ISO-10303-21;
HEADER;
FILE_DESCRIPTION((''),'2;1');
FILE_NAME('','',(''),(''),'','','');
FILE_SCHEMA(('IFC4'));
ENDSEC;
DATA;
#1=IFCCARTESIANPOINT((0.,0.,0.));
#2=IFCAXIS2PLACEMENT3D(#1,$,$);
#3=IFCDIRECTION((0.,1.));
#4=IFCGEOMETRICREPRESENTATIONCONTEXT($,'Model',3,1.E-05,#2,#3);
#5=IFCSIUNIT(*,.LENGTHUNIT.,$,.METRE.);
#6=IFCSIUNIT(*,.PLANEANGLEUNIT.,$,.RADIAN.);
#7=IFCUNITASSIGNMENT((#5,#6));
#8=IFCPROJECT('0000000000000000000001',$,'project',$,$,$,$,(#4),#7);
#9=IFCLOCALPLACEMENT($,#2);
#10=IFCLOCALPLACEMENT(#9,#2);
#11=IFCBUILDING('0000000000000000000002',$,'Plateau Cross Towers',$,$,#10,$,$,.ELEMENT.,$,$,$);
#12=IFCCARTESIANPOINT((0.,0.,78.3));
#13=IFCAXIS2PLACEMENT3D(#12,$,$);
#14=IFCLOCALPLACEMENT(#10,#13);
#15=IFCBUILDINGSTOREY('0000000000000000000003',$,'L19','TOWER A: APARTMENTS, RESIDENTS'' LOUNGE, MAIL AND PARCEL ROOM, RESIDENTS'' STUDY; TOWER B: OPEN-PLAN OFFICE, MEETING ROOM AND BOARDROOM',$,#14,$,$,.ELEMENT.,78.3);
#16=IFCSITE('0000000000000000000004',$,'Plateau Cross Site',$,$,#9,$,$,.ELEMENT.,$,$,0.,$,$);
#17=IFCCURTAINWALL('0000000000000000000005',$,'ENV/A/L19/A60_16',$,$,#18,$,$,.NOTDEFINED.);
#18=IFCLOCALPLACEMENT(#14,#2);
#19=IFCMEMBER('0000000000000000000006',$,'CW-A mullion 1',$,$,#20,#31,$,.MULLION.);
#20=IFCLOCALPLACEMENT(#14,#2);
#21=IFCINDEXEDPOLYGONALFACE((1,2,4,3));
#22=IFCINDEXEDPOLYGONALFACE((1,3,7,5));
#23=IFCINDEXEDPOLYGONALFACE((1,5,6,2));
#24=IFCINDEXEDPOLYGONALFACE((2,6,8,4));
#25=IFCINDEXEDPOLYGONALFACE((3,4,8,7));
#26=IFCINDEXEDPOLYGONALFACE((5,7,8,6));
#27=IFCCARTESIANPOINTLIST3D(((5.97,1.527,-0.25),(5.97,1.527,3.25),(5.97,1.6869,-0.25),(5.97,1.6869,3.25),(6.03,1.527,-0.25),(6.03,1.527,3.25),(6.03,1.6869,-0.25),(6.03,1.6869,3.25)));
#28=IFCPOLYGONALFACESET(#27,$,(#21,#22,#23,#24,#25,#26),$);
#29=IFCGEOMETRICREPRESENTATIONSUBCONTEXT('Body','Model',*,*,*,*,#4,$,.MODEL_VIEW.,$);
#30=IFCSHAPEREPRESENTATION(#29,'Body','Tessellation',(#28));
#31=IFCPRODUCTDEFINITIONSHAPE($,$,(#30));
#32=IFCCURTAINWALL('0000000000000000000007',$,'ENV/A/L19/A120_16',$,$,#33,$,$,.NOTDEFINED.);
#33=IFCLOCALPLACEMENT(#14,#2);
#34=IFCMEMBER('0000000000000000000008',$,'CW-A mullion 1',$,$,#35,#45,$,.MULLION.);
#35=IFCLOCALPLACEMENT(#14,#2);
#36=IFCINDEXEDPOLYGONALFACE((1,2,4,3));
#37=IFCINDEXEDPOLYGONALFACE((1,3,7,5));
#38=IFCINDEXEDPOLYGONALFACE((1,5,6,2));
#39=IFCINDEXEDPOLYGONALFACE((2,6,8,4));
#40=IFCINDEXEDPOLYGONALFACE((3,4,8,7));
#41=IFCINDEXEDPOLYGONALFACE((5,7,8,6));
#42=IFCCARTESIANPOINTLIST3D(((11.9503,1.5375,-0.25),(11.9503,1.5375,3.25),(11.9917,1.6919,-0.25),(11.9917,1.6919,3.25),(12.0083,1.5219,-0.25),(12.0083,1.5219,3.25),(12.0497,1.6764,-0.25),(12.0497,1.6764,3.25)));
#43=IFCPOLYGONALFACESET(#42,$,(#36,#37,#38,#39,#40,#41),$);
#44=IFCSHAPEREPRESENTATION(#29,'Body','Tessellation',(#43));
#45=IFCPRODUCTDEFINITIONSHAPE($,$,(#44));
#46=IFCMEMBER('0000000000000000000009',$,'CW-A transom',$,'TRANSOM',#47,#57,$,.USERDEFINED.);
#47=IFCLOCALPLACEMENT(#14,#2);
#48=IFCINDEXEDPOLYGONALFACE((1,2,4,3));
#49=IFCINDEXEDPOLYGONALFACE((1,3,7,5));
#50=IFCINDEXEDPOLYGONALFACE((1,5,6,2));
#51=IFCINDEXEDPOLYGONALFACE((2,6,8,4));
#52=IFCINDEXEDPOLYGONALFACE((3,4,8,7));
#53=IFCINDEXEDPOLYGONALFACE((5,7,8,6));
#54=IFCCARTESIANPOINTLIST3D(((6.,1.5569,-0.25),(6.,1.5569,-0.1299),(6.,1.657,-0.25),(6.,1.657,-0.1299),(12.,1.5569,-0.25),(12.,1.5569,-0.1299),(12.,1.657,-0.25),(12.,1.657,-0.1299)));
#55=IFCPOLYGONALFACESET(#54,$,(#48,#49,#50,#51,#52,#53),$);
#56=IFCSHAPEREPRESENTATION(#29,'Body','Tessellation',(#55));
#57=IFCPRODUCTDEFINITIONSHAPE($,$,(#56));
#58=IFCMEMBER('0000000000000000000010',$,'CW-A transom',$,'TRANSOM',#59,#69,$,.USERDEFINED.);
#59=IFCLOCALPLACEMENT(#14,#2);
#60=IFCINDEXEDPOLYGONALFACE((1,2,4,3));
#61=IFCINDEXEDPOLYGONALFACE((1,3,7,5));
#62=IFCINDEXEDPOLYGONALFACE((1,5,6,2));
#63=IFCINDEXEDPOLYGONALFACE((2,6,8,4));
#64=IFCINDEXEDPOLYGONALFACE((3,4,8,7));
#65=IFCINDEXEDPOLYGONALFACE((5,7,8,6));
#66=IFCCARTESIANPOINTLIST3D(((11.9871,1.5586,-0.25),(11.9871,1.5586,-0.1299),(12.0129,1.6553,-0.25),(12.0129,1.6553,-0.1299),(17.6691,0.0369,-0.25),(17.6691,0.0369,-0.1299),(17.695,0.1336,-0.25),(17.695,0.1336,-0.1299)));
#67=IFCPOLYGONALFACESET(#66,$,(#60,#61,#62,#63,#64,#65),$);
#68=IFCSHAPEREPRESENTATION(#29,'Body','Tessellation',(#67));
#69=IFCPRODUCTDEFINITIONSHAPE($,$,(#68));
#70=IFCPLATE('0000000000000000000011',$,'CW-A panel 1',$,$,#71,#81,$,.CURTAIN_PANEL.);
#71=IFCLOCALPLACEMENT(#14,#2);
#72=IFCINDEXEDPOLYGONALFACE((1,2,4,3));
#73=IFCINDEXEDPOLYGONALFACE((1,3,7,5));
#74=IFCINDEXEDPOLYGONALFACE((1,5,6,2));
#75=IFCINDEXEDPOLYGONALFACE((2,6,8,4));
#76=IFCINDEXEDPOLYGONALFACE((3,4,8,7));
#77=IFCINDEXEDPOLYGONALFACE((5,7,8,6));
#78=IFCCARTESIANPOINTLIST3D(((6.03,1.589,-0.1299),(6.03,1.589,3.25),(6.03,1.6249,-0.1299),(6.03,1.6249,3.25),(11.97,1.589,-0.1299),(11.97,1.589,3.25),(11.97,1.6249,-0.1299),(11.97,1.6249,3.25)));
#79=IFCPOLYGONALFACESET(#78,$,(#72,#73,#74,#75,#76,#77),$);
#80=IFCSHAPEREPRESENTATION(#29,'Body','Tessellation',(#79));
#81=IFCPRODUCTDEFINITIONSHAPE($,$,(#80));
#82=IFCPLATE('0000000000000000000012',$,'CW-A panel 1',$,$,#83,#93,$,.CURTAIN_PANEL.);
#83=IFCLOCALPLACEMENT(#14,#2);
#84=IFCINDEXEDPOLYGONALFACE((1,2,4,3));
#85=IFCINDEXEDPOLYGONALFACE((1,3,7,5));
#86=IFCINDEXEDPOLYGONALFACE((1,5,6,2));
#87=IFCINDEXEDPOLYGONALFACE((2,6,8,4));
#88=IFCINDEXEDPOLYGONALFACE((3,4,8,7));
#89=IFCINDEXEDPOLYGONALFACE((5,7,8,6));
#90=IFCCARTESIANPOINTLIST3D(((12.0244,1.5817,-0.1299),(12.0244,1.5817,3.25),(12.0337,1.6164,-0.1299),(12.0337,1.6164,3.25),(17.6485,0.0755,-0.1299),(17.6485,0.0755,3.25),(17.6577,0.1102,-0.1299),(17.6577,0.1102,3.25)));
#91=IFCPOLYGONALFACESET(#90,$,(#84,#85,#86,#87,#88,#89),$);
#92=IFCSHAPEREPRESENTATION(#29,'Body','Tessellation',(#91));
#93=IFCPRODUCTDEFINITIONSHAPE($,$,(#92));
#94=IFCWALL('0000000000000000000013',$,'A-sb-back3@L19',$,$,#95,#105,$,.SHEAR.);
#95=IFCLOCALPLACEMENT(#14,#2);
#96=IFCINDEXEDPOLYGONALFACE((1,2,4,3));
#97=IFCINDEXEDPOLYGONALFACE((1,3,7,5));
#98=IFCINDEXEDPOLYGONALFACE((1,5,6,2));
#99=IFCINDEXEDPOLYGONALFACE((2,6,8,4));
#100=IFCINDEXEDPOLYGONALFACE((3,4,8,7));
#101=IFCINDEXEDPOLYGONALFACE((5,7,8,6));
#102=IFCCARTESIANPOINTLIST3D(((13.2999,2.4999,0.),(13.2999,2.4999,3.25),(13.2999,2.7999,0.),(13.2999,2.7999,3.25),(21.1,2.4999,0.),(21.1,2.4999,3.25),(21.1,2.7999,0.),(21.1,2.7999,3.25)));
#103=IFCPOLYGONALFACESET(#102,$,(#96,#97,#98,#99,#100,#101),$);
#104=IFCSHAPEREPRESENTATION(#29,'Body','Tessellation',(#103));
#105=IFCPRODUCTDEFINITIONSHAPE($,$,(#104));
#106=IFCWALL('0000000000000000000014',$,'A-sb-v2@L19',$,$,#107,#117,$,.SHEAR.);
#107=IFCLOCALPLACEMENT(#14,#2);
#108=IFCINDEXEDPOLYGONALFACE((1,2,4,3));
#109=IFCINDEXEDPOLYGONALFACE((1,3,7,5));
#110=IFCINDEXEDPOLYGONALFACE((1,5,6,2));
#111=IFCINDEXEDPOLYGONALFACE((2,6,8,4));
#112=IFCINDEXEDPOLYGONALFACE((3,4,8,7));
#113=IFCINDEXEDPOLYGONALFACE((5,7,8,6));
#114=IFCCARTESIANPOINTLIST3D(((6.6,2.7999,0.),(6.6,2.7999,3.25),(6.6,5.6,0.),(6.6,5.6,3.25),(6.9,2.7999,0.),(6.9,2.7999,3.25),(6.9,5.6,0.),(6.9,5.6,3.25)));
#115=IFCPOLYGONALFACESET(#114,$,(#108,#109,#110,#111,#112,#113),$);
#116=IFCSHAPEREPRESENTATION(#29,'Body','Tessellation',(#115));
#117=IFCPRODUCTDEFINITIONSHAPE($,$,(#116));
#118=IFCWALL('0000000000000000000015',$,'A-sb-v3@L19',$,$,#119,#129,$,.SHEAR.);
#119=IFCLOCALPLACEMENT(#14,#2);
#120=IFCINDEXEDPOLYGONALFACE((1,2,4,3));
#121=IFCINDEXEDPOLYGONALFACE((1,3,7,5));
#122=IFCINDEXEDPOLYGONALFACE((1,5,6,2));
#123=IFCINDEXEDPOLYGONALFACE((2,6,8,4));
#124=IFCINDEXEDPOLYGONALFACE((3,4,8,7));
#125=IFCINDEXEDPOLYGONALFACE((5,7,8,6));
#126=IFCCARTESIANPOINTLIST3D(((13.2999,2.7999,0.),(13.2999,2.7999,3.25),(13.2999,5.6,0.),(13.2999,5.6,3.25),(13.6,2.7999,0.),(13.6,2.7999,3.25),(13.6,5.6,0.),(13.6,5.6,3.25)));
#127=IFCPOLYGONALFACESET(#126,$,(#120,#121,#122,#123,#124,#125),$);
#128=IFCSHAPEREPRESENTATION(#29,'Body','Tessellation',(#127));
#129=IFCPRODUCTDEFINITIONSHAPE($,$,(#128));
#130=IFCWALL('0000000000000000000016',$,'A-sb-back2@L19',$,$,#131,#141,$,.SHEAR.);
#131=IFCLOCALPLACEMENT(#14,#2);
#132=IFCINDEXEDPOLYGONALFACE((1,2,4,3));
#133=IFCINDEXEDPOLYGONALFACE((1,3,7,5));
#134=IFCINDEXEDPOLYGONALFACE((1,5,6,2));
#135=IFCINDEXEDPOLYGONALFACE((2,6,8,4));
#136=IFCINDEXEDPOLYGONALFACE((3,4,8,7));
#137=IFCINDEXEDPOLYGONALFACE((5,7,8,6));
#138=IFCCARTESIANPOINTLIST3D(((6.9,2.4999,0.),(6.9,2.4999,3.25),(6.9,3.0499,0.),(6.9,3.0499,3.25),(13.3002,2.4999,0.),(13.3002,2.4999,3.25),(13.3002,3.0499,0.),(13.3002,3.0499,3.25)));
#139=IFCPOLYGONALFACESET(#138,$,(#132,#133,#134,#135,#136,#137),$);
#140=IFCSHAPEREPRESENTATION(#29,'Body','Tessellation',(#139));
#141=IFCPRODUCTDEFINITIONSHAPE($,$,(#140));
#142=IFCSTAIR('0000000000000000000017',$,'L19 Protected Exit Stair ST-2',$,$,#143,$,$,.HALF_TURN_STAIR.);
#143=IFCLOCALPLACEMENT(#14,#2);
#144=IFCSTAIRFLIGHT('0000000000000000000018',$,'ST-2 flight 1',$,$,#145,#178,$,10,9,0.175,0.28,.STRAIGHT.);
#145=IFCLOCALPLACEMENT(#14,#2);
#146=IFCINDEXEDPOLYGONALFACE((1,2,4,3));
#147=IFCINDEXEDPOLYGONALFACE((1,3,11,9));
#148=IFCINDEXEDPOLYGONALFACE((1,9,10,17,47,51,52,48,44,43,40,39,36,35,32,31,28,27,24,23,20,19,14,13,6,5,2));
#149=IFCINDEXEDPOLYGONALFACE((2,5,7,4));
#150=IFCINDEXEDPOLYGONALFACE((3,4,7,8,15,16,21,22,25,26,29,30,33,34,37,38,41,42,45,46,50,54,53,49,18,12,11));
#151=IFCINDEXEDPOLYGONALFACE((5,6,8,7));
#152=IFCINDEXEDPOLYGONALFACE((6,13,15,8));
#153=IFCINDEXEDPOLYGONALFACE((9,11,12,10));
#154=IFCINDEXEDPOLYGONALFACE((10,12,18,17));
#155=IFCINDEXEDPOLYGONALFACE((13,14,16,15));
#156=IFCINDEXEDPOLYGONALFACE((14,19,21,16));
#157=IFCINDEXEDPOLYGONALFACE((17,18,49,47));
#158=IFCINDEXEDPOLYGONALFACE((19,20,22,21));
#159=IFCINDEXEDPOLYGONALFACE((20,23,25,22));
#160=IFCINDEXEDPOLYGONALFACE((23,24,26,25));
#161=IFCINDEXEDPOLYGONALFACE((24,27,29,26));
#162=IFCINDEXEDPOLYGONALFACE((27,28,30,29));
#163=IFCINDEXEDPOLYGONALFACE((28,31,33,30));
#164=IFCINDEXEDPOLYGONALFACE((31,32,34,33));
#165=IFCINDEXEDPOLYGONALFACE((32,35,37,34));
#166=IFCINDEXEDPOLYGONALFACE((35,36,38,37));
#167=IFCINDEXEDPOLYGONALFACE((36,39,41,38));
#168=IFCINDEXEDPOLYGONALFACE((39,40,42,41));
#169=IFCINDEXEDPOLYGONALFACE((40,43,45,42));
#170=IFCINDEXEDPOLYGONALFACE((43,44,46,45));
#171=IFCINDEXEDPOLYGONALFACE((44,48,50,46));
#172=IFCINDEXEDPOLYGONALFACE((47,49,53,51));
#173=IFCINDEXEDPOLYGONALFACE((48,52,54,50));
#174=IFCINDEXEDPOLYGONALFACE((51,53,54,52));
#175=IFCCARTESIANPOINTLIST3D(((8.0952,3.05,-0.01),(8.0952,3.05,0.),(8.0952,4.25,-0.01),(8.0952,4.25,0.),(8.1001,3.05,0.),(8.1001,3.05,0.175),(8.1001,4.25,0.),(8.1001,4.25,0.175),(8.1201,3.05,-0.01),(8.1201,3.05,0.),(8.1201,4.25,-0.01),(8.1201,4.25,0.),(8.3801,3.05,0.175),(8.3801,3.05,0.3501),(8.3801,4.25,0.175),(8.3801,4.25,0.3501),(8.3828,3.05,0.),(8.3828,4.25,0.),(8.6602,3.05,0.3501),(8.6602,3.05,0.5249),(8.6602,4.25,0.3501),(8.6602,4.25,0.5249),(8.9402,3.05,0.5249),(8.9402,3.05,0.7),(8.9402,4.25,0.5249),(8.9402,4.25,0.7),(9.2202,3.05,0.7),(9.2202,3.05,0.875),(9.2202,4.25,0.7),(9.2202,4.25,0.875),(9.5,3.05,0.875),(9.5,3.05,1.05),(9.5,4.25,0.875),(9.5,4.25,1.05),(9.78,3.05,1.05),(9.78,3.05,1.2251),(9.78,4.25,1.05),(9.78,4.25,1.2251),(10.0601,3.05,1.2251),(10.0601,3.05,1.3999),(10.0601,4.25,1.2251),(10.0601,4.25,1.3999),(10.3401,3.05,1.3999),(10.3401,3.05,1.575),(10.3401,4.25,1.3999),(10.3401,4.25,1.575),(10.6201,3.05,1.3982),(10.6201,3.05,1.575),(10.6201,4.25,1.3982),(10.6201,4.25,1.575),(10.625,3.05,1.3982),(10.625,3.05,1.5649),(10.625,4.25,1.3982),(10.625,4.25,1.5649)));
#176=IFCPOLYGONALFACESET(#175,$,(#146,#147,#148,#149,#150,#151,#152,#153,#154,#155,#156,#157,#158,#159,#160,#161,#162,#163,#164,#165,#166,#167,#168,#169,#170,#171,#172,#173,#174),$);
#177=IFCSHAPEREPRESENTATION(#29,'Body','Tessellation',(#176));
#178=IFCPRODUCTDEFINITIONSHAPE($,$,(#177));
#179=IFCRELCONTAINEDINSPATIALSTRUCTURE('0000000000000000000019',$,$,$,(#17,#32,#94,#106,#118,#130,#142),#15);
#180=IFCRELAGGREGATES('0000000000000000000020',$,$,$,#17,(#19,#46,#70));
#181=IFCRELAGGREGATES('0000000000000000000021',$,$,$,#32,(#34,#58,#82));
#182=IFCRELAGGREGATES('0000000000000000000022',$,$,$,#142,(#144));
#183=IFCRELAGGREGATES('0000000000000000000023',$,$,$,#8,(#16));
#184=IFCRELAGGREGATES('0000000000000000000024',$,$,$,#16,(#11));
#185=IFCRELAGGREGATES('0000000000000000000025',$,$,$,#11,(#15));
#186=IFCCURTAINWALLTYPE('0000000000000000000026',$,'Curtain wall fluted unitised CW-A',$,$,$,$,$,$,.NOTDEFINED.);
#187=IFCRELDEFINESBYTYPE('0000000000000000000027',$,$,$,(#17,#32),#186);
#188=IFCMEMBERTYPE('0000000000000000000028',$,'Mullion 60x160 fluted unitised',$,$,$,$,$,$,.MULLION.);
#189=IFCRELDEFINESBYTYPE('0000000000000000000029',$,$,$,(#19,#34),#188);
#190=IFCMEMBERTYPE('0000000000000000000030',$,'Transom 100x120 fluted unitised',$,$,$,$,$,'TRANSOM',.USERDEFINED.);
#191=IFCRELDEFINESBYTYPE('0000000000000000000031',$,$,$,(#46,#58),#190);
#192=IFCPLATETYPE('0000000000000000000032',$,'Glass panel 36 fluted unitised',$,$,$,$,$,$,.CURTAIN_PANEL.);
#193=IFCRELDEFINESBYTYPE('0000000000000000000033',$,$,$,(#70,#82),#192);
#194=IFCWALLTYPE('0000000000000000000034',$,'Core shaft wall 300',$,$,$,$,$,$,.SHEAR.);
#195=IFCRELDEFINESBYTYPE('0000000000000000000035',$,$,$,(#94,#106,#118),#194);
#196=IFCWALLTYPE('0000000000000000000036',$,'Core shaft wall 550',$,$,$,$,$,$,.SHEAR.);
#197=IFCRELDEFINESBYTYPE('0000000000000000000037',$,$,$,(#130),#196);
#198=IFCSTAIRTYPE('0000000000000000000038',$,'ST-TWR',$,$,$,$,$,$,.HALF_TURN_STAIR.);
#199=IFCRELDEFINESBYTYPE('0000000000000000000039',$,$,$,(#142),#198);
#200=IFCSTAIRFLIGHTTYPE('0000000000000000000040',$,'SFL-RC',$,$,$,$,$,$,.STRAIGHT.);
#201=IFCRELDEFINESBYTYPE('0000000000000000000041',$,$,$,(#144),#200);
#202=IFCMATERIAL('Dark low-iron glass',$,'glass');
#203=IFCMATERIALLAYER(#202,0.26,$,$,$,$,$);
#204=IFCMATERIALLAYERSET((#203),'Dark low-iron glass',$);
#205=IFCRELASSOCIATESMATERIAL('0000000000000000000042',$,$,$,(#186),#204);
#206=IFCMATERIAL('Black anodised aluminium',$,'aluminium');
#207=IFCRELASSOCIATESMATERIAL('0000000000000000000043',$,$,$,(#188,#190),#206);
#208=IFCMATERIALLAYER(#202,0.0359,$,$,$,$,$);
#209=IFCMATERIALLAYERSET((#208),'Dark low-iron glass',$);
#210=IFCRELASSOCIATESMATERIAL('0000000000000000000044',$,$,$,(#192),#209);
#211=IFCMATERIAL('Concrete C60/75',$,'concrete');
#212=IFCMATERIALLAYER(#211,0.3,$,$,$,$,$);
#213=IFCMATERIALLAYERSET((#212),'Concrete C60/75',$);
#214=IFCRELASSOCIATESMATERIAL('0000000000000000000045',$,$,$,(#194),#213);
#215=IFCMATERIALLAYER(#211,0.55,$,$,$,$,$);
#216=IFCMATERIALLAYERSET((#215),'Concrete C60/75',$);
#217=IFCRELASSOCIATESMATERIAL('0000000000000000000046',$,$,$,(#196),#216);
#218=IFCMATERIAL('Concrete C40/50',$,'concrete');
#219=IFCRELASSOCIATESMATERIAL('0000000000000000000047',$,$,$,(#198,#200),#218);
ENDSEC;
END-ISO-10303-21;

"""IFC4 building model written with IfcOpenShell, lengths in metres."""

from ifc_helpers import new_model, si_unit, direction, frame, frame_2d, origin, origin_2d, place, context, subcontext, project, spatial, polyline, rectangle, outline, extrude, material, layer, layer_set, material_profile, profile_set, type_object, element, aggregate, save


model = new_model("IFC4")

# Units and contexts
model_context = context("Model", 3, precision=1e-05, world=origin(), true_north=direction((0.0, 1.0)))
body_context = subcontext(model_context, "Body", "Model", "MODEL_VIEW")
ifc_project = project(units=[si_unit("LENGTHUNIT", "METRE"), si_unit("PLANEANGLEUNIT", "RADIAN")], contexts=[model_context])

# Site, building, storey
site_placement = place(None, origin())
site = spatial("IfcSite", under=ifc_project, at=site_placement, Name="Plateau Cross Site", CompositionType="ELEMENT", RefElevation=0.0)
building_placement = place(site_placement, origin())
building = spatial("IfcBuilding", under=site, at=building_placement, Name="Plateau Cross Towers", CompositionType="ELEMENT")
storey_placement = place(building_placement, frame((0.0, 0.0, 78.3)))
storey = spatial("IfcBuildingStorey", under=building, at=storey_placement, Name="L19", Description="TOWER A: APARTMENTS, RESIDENTS' LOUNGE, MAIL AND PARCEL ROOM, RESIDENTS' STUDY; TOWER B: OPEN-PLAN OFFICE, MEETING ROOM AND BOARDROOM", CompositionType="ELEMENT", Elevation=78.3)

# Curtain walls, members
ifc_material_1 = material(Name="Dark low-iron glass", Category="glass")
ifc_layer_1 = layer(ifc_material_1, 0.26)
ifc_layer_set_1 = layer_set([ifc_layer_1], Name="Dark low-iron glass")
curtain_wall_type = type_object("IfcCurtainWallType", Name="Curtain wall fluted unitised CW-A", PredefinedType="NOTDEFINED", material=ifc_layer_set_1)
curtain_wall_1_placement = place(storey_placement, origin())
curtain_wall_1 = element("IfcCurtainWall", 1, at=curtain_wall_1_placement, inside=storey, type_object=curtain_wall_type, Name="ENV/A/L19/A60_16", PredefinedType="NOTDEFINED")
ifc_material_2 = material(Name="Black anodised aluminium", Category="aluminium")
ifc_material_profile_1 = material_profile(ifc_material_2, rectangle(XDim=0.0601, YDim=0.1599, at=origin_2d()), Name="MULLION 60x160")
ifc_profile_set_1 = profile_set([ifc_material_profile_1], Name="Black anodised aluminium")
member_type_1 = type_object("IfcMemberType", Name="Mullion 60x160 fluted unitised", PredefinedType="MULLION", material=ifc_profile_set_1)
member_1_placement = place(storey_placement, frame((6.0, 1.6069, -0.25), z_axis=(0.0, 0.0, 1.0), x_axis=(1.0, 0.0, 0.0)))
member_1 = element("IfcMember", 2, at=member_1_placement, type_object=member_type_1, Name="CW-A mullion 1", PredefinedType="MULLION", context=body_context, shape_type="SweptSolid", body=[
    extrude(rectangle(XDim=0.0601, YDim=0.1599, at=origin_2d()), origin(), (0.0, 0.0, 1.0), 3.5),
])
curtain_wall_2_placement = place(storey_placement, origin())
curtain_wall_2 = element("IfcCurtainWall", 3, at=curtain_wall_2_placement, inside=storey, type_object=curtain_wall_type, Name="ENV/A/L19/A120_16", PredefinedType="NOTDEFINED")
member_2_placement = place(storey_placement, frame((12.0, 1.6069, -0.25), z_axis=(0.0, 0.0, 1.0), x_axis=(0.965958, -0.258699, 0.0)))
member_2 = element("IfcMember", 4, at=member_2_placement, type_object=member_type_1, Name="CW-A mullion 1", PredefinedType="MULLION", context=body_context, shape_type="SweptSolid", body=[
    extrude(rectangle(XDim=0.0601, YDim=0.1599, at=origin_2d()), origin(), (0.0, 0.0, 1.0), 3.5),
])

# Members
ifc_material_profile_2 = material_profile(ifc_material_2, rectangle(XDim=0.1001, YDim=0.1201, at=origin_2d()), Name="TRANSOM 100x120")
ifc_profile_set_2 = profile_set([ifc_material_profile_2], Name="Black anodised aluminium")
member_type_2 = type_object("IfcMemberType", Name="Transom 100x120 fluted unitised", ElementType="TRANSOM", PredefinedType="USERDEFINED", material=ifc_profile_set_2)
member_3_placement = place(storey_placement, frame((6.0, 1.6069, -0.1899), z_axis=(1.0, 0.0, 0.0), x_axis=(0.0, 1.0, 0.0)))
member_3 = element("IfcMember", 5, at=member_3_placement, type_object=member_type_2, Name="CW-A transom", ObjectType="TRANSOM", PredefinedType="USERDEFINED", context=body_context, shape_type="SweptSolid", body=[
    extrude(rectangle(XDim=0.1001, YDim=0.1201, at=origin_2d()), origin(), (0.0, 0.0, 1.0), 6.0),
])
member_4_placement = place(storey_placement, frame((12.0, 1.6069, -0.1899), z_axis=(0.96596, -0.258693, 0.0), x_axis=(0.258693, 0.96596, 0.0)))
member_4 = element("IfcMember", 6, at=member_4_placement, type_object=member_type_2, Name="CW-A transom", ObjectType="TRANSOM", PredefinedType="USERDEFINED", context=body_context, shape_type="SweptSolid", body=[
    extrude(rectangle(XDim=0.1001, YDim=0.1201, at=origin_2d()), origin(), (0.0, 0.0, 1.0), 5.8823),
])

# Plates
ifc_layer_2 = layer(ifc_material_1, 0.0359)
ifc_layer_set_2 = layer_set([ifc_layer_2], Name="Dark low-iron glass")
plate_type = type_object("IfcPlateType", Name="Glass panel 36 fluted unitised", PredefinedType="CURTAIN_PANEL", material=ifc_layer_set_2)
plate_1_placement = place(storey_placement, frame((9.0, 1.6069, -0.1299), z_axis=(0.0, 0.0, 1.0), x_axis=(1.0, 0.0, 0.0)))
plate_1 = element("IfcPlate", 7, at=plate_1_placement, type_object=plate_type, Name="CW-A panel 1", PredefinedType="CURTAIN_PANEL", context=body_context, shape_type="SweptSolid", body=[
    extrude(rectangle(XDim=5.9399, YDim=0.0359, at=origin_2d()), origin(), (0.0, 0.0, 1.0), 3.3799),
])
aggregate(curtain_wall_1, [member_1, member_3, plate_1])
plate_2_placement = place(storey_placement, frame((14.8411, 0.8459, -0.1299), z_axis=(0.0, 0.0, 1.0), x_axis=(0.965958, -0.258699, 0.0)))
plate_2 = element("IfcPlate", 8, at=plate_2_placement, type_object=plate_type, Name="CW-A panel 1", PredefinedType="CURTAIN_PANEL", context=body_context, shape_type="SweptSolid", body=[
    extrude(rectangle(XDim=5.8223, YDim=0.0359, at=origin_2d()), origin(), (0.0, 0.0, 1.0), 3.3799),
])
aggregate(curtain_wall_2, [member_2, member_4, plate_2])

# Walls
ifc_material_3 = material(Name="Concrete C60/75", Category="concrete")
ifc_layer_3 = layer(ifc_material_3, 0.3)
ifc_layer_set_3 = layer_set([ifc_layer_3], Name="Concrete C60/75")
wall_type_1 = type_object("IfcWallType", Name="Core shaft wall 300", PredefinedType="SHEAR", material=ifc_layer_set_3)
wall_1_placement = place(storey_placement, frame((13.3, 2.6499, 0.0), z_axis=(0.0, 0.0, 1.0), x_axis=(1.0, 0.0, 0.0)))
element("IfcWall", 9, at=wall_1_placement, inside=storey, type_object=wall_type_1, Name="A-sb-back3@L19", PredefinedType="SHEAR", context=body_context, shape_type="SweptSolid", body=[
    extrude(rectangle(XDim=7.8, YDim=0.3, at=frame_2d((3.8999, 0.0))), origin(), (0.0, 0.0, 1.0), 3.25),
])
for number, where, z_axis, x_axis, name in (
    (10, (6.75, 2.8, 0.0), (0.0, 0.0, 1.0), (0.0, 1.0, 0.0), "A-sb-v2@L19"),
    (11, (13.45, 2.8, 0.0), (0.0, 0.0, 1.0), (0.0, 1.0, 0.0), "A-sb-v3@L19"),
):
    element("IfcWall", number, at=place(storey_placement, frame(where, z_axis=z_axis, x_axis=x_axis)), inside=storey, type_object=wall_type_1, Name=name, PredefinedType="SHEAR", context=body_context, shape_type="SweptSolid", body=[
        extrude(rectangle(XDim=2.8, YDim=0.3, at=frame_2d((1.3999, 0.0))), origin(), (0.0, 0.0, 1.0), 3.25),
    ])
ifc_layer_4 = layer(ifc_material_3, 0.55)
ifc_layer_set_4 = layer_set([ifc_layer_4], Name="Concrete C60/75")
wall_type_2 = type_object("IfcWallType", Name="Core shaft wall 550", PredefinedType="SHEAR", material=ifc_layer_set_4)
wall_2_placement = place(storey_placement, frame((6.8999, 2.7749, 0.0), z_axis=(0.0, 0.0, 1.0), x_axis=(1.0, 0.0, 0.0)))
element("IfcWall", 12, at=wall_2_placement, inside=storey, type_object=wall_type_2, Name="A-sb-back2@L19", PredefinedType="SHEAR", context=body_context, shape_type="SweptSolid", body=[
    extrude(rectangle(XDim=6.4001, YDim=0.55, at=frame_2d((3.2002, 0.0))), origin(), (0.0, 0.0, 1.0), 3.25),
])

# Stair, stair flight
ifc_material_4 = material(Name="Concrete C40/50", Category="concrete")
stair_type = type_object("IfcStairType", Name="ST-TWR", PredefinedType="HALF_TURN_STAIR", material=ifc_material_4)
stair_placement = place(storey_placement, origin())
stair = element("IfcStair", 13, at=stair_placement, inside=storey, type_object=stair_type, Name="L19 Protected Exit Stair ST-2", PredefinedType="HALF_TURN_STAIR")
stair_flight_type = type_object("IfcStairFlightType", Name="SFL-RC", PredefinedType="STRAIGHT", material=ifc_material_4)
stair_flight_placement = place(storey_placement, frame((8.1001, 3.6499, 0.0), z_axis=(0.0, 0.0, 1.0), x_axis=(1.0, 0.0, 0.0)))
stair_flight = element("IfcStairFlight", 14, at=stair_flight_placement, type_object=stair_flight_type, Name="ST-2 flight 1", NumberOfRisers=10, NumberOfTreads=9, PredefinedType="STRAIGHT", RiserHeight=0.175, TreadLength=0.28, context=body_context, shape_type="SweptSolid", body=[
    extrude(outline(polyline([(-0.0049, -0.01), (-0.0049, 0.0), (0.0, 0.0), (0.0, 0.175), (0.28, 0.175), (0.28, 0.3501), (0.5601, 0.3501), (0.5601, 0.5249), (0.8401, 0.5249), (0.8401, 0.7), (1.1201, 0.7), (1.1201, 0.875), (1.3999, 0.875), (1.3999, 1.05), (1.6799, 1.05), (1.6799, 1.2251), (1.96, 1.2251), (1.96, 1.3999), (2.24, 1.3999), (2.24, 1.575), (2.52, 1.575), (2.5249, 1.5649), (2.5249, 1.3982), (2.52, 1.3982), (0.2827, 0.0), (0.02, 0.0), (0.02, -0.01), (-0.0049, -0.01)])), frame((0.0, 0.6001, 0.0), z_axis=(0.0, -1.0, 0.0), x_axis=(1.0, 0.0, 0.0)), (0.0, 0.0, 1.0), 1.2),
])
aggregate(stair, [stair_flight])

save(model, "model.ifc")
